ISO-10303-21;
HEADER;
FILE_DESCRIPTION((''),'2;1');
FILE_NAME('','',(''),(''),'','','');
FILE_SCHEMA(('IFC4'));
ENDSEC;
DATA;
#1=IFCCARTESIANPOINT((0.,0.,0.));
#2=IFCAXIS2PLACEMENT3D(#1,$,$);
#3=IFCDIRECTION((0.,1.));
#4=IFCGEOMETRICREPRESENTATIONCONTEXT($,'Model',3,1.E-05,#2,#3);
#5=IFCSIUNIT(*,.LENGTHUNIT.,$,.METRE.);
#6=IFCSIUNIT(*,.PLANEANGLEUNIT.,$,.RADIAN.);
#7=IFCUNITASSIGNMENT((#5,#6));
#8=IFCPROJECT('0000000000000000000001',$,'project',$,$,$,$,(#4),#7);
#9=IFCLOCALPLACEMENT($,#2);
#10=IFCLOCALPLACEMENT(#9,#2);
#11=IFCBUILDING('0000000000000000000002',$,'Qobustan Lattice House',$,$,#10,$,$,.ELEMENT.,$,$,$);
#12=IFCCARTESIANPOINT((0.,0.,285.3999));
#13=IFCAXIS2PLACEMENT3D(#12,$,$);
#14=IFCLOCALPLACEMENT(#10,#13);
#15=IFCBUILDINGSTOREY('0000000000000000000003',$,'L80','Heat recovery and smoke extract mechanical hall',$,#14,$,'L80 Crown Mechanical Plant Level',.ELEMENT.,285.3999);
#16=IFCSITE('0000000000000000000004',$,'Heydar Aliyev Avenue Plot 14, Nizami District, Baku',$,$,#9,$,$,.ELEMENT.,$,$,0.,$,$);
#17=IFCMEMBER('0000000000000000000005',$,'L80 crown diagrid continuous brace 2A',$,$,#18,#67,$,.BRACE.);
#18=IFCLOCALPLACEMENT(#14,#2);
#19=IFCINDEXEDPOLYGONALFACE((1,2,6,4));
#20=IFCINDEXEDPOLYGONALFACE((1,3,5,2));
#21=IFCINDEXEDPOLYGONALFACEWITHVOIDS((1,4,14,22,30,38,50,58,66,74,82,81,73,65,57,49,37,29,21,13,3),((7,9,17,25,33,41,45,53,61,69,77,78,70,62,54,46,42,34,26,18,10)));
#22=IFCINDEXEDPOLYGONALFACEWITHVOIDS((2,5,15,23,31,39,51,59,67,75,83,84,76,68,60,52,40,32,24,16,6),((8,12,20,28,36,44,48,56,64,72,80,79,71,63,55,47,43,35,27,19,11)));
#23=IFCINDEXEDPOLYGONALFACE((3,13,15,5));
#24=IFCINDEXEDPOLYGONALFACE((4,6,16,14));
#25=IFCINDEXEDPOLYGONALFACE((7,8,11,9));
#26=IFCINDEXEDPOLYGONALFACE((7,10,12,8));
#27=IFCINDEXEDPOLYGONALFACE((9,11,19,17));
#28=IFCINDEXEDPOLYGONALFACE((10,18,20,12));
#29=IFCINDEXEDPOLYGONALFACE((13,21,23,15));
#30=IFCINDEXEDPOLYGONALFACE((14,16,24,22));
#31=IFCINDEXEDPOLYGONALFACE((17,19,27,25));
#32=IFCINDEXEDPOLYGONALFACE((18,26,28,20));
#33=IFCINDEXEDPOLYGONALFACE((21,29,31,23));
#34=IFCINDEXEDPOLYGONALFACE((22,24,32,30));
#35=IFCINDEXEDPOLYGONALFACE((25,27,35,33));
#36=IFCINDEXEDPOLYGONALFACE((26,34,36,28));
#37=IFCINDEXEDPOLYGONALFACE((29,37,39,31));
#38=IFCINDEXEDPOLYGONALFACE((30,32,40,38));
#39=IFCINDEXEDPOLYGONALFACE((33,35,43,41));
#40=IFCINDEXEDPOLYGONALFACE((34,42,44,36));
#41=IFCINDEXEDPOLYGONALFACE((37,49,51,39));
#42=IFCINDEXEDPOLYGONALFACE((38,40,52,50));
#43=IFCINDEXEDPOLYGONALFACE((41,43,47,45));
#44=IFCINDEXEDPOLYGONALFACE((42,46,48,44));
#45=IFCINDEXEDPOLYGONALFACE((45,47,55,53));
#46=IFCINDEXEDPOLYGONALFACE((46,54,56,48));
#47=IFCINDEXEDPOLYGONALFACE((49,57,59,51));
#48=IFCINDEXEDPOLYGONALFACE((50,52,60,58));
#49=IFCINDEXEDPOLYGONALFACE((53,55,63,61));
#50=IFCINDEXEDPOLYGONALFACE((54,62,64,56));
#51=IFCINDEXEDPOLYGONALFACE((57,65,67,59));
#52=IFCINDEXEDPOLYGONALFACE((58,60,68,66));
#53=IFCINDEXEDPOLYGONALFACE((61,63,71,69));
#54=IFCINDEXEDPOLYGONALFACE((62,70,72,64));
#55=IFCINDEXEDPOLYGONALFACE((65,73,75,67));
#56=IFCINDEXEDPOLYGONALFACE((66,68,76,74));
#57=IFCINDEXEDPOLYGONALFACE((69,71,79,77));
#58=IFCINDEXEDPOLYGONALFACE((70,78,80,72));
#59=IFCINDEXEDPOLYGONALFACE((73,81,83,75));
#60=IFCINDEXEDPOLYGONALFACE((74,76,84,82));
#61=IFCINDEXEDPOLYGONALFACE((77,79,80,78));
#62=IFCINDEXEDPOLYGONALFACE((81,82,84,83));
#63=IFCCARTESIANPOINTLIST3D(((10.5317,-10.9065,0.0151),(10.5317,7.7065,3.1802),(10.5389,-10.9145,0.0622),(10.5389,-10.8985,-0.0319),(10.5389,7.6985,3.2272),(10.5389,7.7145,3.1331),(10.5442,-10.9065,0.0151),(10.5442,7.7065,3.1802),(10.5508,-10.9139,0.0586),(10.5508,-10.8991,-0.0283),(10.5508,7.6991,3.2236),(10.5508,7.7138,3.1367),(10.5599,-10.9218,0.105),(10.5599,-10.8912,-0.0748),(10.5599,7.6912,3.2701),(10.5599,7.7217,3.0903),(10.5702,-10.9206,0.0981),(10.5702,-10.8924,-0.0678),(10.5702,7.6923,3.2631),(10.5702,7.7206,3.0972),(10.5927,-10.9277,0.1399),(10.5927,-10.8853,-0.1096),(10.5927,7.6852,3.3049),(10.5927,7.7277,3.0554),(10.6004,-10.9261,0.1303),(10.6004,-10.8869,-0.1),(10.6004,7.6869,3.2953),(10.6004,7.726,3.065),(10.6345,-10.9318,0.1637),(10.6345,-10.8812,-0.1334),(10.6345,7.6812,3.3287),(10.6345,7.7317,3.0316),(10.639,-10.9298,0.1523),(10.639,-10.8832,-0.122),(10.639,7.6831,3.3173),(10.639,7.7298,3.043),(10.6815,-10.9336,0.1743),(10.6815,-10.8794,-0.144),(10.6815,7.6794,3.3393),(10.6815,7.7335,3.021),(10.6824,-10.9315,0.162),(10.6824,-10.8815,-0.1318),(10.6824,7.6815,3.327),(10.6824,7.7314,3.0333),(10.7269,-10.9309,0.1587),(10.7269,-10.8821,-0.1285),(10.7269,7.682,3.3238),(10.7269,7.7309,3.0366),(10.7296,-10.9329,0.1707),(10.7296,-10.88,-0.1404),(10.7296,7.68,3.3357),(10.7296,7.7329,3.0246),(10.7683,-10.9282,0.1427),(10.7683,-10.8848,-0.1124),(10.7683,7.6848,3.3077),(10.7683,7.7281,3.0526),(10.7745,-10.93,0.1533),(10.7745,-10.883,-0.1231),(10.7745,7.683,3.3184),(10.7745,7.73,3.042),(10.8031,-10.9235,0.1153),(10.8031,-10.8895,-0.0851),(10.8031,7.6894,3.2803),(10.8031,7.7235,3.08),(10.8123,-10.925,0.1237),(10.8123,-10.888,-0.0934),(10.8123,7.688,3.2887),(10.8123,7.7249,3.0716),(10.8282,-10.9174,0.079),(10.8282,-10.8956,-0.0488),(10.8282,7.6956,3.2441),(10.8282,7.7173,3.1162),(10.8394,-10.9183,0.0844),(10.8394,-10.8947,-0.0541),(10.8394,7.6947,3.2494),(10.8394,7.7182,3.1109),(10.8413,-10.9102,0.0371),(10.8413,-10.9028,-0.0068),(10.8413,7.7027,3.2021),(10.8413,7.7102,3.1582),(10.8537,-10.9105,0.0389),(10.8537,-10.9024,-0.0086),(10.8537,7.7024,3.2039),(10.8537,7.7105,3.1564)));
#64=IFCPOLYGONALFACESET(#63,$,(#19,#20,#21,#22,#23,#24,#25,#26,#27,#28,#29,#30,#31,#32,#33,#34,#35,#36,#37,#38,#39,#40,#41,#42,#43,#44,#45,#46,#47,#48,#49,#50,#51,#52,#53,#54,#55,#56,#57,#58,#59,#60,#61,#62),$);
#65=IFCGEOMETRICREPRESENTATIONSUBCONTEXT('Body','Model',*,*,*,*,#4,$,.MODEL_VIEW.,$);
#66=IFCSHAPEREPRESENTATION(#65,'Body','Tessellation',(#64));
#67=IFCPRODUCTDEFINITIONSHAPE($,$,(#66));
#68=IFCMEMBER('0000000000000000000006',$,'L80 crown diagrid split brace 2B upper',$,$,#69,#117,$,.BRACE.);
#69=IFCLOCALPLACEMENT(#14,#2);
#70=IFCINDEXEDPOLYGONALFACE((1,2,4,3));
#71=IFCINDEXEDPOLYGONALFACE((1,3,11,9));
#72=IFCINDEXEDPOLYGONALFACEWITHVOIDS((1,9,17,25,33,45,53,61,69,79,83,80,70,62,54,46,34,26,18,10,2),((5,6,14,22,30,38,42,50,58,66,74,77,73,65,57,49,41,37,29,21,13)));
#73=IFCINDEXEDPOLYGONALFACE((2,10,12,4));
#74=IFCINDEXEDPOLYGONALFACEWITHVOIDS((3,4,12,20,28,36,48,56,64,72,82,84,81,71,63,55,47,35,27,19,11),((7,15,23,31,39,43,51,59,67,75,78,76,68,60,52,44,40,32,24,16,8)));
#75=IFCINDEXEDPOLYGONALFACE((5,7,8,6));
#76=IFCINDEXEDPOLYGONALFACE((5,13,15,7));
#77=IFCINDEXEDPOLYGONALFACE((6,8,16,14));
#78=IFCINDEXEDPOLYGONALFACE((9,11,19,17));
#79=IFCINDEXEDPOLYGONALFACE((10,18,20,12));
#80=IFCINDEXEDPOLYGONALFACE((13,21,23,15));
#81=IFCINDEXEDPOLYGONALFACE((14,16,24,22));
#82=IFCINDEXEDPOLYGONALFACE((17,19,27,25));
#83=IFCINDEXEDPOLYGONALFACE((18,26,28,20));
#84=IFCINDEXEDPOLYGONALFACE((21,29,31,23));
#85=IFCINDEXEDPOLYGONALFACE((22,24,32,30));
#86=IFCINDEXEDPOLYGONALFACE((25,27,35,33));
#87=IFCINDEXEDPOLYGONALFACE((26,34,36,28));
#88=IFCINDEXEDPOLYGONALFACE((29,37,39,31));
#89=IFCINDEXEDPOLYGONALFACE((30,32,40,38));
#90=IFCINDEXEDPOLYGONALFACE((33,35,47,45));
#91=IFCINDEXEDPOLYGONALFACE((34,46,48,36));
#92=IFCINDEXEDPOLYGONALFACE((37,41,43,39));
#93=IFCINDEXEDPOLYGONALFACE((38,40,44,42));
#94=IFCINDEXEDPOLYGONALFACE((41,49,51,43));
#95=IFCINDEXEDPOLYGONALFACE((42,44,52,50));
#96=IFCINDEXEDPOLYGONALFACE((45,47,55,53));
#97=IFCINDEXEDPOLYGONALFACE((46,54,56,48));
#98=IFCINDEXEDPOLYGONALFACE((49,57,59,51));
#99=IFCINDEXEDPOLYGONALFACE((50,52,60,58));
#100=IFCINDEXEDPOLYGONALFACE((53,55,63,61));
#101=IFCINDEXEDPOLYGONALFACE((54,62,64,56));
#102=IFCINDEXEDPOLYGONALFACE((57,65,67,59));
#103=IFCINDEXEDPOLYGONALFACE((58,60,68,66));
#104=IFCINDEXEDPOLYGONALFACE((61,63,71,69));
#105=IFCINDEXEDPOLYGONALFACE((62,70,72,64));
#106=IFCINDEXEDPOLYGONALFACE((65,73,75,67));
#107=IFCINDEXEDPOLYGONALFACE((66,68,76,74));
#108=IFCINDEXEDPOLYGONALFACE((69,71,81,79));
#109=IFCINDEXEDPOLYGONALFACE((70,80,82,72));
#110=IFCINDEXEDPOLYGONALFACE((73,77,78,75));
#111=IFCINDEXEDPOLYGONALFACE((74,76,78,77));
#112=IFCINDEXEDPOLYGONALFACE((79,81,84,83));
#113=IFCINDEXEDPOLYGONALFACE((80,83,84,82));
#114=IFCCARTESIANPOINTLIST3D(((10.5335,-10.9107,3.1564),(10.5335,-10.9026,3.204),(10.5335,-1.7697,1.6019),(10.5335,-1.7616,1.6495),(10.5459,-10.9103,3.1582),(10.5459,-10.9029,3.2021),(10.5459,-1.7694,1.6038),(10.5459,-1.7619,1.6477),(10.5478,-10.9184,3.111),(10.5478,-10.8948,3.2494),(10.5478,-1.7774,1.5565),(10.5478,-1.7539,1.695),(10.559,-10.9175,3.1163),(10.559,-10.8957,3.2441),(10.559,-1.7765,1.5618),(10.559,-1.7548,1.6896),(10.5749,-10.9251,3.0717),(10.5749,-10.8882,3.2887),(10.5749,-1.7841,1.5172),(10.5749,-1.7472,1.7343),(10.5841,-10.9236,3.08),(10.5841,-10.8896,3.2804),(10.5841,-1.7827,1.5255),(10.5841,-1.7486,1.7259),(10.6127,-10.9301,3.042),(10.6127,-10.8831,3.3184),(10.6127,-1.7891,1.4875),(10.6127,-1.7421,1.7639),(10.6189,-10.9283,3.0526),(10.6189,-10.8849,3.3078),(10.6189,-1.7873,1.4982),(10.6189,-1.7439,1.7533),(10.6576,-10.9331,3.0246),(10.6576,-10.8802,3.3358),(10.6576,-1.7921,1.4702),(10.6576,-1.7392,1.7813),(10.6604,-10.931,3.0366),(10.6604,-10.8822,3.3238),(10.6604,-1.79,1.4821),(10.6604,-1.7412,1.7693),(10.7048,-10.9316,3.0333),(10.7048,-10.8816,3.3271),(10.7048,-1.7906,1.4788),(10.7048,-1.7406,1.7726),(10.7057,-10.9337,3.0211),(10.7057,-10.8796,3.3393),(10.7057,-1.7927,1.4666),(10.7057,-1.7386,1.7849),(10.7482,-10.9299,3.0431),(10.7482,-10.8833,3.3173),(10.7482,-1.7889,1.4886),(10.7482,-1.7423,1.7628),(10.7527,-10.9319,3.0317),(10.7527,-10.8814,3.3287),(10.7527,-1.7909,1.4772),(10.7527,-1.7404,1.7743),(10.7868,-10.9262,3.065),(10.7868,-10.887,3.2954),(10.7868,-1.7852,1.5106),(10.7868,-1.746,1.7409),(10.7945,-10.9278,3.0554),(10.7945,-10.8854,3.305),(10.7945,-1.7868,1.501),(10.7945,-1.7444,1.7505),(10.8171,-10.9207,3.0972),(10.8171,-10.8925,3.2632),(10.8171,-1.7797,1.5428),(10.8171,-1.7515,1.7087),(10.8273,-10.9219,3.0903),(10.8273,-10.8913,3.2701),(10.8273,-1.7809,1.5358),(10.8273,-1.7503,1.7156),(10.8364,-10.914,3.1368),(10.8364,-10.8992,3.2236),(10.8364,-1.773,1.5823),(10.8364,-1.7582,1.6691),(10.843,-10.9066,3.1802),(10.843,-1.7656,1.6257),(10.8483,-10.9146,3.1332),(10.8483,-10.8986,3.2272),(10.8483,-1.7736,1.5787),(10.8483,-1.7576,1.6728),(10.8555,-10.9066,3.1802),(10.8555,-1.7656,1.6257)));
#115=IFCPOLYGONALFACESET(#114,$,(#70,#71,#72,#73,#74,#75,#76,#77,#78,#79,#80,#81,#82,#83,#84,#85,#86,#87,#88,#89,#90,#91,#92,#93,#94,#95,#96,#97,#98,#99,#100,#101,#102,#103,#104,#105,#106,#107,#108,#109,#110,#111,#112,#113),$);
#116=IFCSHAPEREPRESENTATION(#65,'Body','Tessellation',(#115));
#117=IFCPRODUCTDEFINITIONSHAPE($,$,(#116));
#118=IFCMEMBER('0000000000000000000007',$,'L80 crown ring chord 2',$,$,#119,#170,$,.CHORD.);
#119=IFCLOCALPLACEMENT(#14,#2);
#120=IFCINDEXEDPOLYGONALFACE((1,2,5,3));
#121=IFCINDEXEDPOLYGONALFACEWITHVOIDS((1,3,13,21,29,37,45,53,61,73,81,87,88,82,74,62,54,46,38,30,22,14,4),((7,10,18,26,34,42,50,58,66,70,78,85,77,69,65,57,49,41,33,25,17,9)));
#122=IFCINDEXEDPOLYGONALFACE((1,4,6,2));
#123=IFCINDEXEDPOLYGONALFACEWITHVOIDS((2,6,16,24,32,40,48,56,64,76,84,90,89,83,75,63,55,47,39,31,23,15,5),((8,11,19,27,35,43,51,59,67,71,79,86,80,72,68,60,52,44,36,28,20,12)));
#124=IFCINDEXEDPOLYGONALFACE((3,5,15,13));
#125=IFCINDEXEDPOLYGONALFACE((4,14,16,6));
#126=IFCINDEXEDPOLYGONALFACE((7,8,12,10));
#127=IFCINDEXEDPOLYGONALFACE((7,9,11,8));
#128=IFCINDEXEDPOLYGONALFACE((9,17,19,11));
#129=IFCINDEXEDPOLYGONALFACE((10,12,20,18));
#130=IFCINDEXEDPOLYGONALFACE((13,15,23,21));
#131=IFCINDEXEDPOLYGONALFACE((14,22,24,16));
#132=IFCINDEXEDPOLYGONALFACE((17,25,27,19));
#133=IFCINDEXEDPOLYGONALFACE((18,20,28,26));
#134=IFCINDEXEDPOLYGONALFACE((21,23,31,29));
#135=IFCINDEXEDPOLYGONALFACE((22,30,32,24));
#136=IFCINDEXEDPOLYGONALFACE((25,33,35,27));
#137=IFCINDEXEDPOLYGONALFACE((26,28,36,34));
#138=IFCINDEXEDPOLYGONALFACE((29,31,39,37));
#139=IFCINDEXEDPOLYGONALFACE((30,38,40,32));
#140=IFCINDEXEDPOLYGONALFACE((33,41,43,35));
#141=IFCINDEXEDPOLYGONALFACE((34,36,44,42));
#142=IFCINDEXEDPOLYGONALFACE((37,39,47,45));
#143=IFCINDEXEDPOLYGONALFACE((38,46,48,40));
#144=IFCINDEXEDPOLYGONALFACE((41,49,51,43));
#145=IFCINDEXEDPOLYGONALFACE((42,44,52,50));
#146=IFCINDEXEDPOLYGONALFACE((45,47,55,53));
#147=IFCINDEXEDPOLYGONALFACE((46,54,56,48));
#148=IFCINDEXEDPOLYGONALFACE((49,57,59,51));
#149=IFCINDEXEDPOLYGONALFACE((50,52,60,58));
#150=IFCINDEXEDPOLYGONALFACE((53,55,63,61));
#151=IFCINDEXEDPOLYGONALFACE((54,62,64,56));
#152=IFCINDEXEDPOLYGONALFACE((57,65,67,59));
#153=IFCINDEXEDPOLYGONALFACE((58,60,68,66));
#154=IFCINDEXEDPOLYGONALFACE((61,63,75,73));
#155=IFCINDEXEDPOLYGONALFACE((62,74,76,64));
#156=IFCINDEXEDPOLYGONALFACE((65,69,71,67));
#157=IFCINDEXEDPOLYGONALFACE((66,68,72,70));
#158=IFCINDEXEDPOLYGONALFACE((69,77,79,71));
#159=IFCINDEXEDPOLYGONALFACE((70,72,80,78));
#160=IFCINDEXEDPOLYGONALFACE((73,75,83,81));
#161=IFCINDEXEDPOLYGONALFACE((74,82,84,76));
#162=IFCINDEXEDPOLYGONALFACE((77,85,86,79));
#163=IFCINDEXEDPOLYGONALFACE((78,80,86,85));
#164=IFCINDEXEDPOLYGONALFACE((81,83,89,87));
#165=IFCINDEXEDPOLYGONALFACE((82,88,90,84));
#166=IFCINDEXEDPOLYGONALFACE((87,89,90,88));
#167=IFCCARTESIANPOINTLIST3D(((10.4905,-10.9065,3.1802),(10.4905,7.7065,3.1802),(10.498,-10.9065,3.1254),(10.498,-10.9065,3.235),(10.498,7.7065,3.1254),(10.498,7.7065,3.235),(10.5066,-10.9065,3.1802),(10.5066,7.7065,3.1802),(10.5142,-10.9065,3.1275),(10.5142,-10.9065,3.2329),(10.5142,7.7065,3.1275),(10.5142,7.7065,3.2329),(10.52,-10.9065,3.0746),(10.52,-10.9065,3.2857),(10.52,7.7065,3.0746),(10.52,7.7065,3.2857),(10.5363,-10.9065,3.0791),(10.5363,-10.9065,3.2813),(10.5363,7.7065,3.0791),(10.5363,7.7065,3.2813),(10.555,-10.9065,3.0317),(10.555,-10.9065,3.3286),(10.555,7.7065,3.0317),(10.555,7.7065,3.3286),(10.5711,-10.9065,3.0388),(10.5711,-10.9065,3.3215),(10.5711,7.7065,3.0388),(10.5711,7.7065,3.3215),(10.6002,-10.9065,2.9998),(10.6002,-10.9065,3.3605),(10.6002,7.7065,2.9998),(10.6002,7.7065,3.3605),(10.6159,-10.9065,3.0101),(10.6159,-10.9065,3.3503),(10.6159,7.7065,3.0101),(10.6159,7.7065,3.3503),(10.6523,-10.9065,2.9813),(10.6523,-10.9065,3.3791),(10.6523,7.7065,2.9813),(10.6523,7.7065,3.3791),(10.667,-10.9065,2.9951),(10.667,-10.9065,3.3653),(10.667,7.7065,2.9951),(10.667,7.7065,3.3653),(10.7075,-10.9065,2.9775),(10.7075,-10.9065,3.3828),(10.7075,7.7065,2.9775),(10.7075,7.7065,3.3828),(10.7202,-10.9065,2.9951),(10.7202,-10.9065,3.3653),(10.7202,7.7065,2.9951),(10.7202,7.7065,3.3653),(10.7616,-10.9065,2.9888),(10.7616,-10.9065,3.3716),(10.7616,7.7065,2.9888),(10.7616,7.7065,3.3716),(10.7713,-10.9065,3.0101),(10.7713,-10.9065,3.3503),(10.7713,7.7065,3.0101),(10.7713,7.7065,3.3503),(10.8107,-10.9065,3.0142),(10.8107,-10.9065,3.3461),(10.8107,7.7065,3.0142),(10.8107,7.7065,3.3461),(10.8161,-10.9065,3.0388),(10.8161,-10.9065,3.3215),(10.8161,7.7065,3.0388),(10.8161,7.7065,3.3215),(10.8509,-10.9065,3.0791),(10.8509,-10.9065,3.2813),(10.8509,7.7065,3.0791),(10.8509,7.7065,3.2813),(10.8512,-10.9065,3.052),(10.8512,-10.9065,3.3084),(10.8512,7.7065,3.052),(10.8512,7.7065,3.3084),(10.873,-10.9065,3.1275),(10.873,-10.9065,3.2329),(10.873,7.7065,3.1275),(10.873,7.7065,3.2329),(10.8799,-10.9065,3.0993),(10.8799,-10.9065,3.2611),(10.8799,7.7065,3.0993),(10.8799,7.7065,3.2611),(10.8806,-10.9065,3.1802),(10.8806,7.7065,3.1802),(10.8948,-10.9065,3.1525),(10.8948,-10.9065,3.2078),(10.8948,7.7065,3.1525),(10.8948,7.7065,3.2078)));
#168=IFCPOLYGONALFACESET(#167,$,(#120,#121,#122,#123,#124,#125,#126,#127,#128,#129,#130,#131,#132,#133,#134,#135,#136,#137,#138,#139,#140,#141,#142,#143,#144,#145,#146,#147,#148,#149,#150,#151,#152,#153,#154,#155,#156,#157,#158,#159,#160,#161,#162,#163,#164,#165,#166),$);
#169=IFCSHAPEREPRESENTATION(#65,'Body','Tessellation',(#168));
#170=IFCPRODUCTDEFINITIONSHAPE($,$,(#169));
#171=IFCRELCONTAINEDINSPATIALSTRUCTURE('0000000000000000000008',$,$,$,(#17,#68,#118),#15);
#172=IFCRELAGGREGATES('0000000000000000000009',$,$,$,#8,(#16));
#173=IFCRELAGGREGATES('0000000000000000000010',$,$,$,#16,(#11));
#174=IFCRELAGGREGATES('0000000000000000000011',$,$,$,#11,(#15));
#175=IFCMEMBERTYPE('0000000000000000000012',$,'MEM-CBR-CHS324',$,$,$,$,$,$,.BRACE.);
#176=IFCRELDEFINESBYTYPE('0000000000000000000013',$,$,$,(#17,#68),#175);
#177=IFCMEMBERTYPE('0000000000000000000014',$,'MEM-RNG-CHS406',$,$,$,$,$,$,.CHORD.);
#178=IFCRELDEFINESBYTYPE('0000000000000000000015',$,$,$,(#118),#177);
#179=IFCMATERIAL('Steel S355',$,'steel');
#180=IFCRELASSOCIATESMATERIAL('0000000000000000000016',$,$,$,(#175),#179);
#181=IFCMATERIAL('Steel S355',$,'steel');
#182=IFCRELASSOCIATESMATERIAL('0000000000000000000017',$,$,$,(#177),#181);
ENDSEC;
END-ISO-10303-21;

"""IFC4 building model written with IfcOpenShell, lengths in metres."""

from ifc_helpers import new_model, si_unit, direction, frame, origin, origin_2d, place, context, subcontext, project, spatial, hollow_circle, extrude, material, material_profile, profile_set, type_object, element, save


model = new_model("IFC4")

# Units and contexts
model_context = context("Model", 3, precision=1e-05, world=origin(), true_north=direction((0.0, 1.0)))
body_context = subcontext(model_context, "Body", "Model", "MODEL_VIEW")
ifc_project = project(units=[si_unit("LENGTHUNIT", "METRE"), si_unit("PLANEANGLEUNIT", "RADIAN")], contexts=[model_context])

# Site, building, storey
site_placement = place(None, origin())
site = spatial("IfcSite", under=ifc_project, at=site_placement, Name="Heydar Aliyev Avenue Plot 14, Nizami District, Baku", CompositionType="ELEMENT", RefElevation=0.0)
building_placement = place(site_placement, origin())
building = spatial("IfcBuilding", under=site, at=building_placement, Name="Qobustan Lattice House", CompositionType="ELEMENT")
storey_placement = place(building_placement, frame((0.0, 0.0, 285.3999)))
storey = spatial("IfcBuildingStorey", under=building, at=storey_placement, Name="L80", Description="Heat recovery and smoke extract mechanical hall", LongName="L80 Crown Mechanical Plant Level", CompositionType="ELEMENT", Elevation=285.3999)

# Members
ifc_material_1 = material(Name="Steel S355", Category="steel")
ifc_material_profile_1 = material_profile(ifc_material_1, hollow_circle(Radius=0.1619, WallThickness=0.0125, at=origin_2d()), Name="CHS323.9x12.5")
ifc_profile_set_1 = profile_set([ifc_material_profile_1], Name="Steel S355")
member_type_1 = type_object("IfcMemberType", Name="MEM-CBR-CHS324", PredefinedType="BRACE", material=ifc_profile_set_1)
member_1_placement = place(storey_placement, frame((10.6936, -10.9065, 0.0151), z_axis=(0.0, 0.985849, 0.167638), x_axis=(-1.0, 0.0, 0.0)))
element("IfcMember", 1, at=member_1_placement, inside=storey, type_object=member_type_1, Name="L80 crown diagrid continuous brace 2A", PredefinedType="BRACE", context=body_context, shape_type="SweptSolid", body=[
    extrude(hollow_circle(Radius=0.1619, WallThickness=0.0125, at=origin_2d()), origin(), (0.0, 0.0, 1.0), 18.8801),
])
member_2_placement = place(storey_placement, frame((10.6936, -1.7656, 1.6257), z_axis=(0.0, -0.985847, 0.167647), x_axis=(1.0, 0.0, 0.0)))
element("IfcMember", 2, at=member_2_placement, inside=storey, type_object=member_type_1, Name="L80 crown diagrid split brace 2B upper", PredefinedType="BRACE", context=body_context, shape_type="SweptSolid", body=[
    extrude(hollow_circle(Radius=0.1619, WallThickness=0.0125, at=origin_2d()), origin(), (0.0, 0.0, 1.0), 9.2722),
])
ifc_material_2 = material(Name="Steel S355", Category="steel")
ifc_material_profile_2 = material_profile(ifc_material_2, hollow_circle(Radius=0.2031, WallThickness=0.0161, at=origin_2d()), Name="CHS406.4x16")
ifc_profile_set_2 = profile_set([ifc_material_profile_2], Name="Steel S355")
member_type_2 = type_object("IfcMemberType", Name="MEM-RNG-CHS406", PredefinedType="CHORD", material=ifc_profile_set_2)
member_3_placement = place(storey_placement, frame((10.6936, -10.9065, 3.1802), z_axis=(0.0, 1.0, 0.0), x_axis=(-1.0, 0.0, 0.0)))
element("IfcMember", 3, at=member_3_placement, inside=storey, type_object=member_type_2, Name="L80 crown ring chord 2", PredefinedType="CHORD", context=body_context, shape_type="SweptSolid", body=[
    extrude(hollow_circle(Radius=0.2031, WallThickness=0.0161, at=origin_2d()), origin(), (0.0, 0.0, 1.0), 18.613),
])

save(model, "model.ifc")
